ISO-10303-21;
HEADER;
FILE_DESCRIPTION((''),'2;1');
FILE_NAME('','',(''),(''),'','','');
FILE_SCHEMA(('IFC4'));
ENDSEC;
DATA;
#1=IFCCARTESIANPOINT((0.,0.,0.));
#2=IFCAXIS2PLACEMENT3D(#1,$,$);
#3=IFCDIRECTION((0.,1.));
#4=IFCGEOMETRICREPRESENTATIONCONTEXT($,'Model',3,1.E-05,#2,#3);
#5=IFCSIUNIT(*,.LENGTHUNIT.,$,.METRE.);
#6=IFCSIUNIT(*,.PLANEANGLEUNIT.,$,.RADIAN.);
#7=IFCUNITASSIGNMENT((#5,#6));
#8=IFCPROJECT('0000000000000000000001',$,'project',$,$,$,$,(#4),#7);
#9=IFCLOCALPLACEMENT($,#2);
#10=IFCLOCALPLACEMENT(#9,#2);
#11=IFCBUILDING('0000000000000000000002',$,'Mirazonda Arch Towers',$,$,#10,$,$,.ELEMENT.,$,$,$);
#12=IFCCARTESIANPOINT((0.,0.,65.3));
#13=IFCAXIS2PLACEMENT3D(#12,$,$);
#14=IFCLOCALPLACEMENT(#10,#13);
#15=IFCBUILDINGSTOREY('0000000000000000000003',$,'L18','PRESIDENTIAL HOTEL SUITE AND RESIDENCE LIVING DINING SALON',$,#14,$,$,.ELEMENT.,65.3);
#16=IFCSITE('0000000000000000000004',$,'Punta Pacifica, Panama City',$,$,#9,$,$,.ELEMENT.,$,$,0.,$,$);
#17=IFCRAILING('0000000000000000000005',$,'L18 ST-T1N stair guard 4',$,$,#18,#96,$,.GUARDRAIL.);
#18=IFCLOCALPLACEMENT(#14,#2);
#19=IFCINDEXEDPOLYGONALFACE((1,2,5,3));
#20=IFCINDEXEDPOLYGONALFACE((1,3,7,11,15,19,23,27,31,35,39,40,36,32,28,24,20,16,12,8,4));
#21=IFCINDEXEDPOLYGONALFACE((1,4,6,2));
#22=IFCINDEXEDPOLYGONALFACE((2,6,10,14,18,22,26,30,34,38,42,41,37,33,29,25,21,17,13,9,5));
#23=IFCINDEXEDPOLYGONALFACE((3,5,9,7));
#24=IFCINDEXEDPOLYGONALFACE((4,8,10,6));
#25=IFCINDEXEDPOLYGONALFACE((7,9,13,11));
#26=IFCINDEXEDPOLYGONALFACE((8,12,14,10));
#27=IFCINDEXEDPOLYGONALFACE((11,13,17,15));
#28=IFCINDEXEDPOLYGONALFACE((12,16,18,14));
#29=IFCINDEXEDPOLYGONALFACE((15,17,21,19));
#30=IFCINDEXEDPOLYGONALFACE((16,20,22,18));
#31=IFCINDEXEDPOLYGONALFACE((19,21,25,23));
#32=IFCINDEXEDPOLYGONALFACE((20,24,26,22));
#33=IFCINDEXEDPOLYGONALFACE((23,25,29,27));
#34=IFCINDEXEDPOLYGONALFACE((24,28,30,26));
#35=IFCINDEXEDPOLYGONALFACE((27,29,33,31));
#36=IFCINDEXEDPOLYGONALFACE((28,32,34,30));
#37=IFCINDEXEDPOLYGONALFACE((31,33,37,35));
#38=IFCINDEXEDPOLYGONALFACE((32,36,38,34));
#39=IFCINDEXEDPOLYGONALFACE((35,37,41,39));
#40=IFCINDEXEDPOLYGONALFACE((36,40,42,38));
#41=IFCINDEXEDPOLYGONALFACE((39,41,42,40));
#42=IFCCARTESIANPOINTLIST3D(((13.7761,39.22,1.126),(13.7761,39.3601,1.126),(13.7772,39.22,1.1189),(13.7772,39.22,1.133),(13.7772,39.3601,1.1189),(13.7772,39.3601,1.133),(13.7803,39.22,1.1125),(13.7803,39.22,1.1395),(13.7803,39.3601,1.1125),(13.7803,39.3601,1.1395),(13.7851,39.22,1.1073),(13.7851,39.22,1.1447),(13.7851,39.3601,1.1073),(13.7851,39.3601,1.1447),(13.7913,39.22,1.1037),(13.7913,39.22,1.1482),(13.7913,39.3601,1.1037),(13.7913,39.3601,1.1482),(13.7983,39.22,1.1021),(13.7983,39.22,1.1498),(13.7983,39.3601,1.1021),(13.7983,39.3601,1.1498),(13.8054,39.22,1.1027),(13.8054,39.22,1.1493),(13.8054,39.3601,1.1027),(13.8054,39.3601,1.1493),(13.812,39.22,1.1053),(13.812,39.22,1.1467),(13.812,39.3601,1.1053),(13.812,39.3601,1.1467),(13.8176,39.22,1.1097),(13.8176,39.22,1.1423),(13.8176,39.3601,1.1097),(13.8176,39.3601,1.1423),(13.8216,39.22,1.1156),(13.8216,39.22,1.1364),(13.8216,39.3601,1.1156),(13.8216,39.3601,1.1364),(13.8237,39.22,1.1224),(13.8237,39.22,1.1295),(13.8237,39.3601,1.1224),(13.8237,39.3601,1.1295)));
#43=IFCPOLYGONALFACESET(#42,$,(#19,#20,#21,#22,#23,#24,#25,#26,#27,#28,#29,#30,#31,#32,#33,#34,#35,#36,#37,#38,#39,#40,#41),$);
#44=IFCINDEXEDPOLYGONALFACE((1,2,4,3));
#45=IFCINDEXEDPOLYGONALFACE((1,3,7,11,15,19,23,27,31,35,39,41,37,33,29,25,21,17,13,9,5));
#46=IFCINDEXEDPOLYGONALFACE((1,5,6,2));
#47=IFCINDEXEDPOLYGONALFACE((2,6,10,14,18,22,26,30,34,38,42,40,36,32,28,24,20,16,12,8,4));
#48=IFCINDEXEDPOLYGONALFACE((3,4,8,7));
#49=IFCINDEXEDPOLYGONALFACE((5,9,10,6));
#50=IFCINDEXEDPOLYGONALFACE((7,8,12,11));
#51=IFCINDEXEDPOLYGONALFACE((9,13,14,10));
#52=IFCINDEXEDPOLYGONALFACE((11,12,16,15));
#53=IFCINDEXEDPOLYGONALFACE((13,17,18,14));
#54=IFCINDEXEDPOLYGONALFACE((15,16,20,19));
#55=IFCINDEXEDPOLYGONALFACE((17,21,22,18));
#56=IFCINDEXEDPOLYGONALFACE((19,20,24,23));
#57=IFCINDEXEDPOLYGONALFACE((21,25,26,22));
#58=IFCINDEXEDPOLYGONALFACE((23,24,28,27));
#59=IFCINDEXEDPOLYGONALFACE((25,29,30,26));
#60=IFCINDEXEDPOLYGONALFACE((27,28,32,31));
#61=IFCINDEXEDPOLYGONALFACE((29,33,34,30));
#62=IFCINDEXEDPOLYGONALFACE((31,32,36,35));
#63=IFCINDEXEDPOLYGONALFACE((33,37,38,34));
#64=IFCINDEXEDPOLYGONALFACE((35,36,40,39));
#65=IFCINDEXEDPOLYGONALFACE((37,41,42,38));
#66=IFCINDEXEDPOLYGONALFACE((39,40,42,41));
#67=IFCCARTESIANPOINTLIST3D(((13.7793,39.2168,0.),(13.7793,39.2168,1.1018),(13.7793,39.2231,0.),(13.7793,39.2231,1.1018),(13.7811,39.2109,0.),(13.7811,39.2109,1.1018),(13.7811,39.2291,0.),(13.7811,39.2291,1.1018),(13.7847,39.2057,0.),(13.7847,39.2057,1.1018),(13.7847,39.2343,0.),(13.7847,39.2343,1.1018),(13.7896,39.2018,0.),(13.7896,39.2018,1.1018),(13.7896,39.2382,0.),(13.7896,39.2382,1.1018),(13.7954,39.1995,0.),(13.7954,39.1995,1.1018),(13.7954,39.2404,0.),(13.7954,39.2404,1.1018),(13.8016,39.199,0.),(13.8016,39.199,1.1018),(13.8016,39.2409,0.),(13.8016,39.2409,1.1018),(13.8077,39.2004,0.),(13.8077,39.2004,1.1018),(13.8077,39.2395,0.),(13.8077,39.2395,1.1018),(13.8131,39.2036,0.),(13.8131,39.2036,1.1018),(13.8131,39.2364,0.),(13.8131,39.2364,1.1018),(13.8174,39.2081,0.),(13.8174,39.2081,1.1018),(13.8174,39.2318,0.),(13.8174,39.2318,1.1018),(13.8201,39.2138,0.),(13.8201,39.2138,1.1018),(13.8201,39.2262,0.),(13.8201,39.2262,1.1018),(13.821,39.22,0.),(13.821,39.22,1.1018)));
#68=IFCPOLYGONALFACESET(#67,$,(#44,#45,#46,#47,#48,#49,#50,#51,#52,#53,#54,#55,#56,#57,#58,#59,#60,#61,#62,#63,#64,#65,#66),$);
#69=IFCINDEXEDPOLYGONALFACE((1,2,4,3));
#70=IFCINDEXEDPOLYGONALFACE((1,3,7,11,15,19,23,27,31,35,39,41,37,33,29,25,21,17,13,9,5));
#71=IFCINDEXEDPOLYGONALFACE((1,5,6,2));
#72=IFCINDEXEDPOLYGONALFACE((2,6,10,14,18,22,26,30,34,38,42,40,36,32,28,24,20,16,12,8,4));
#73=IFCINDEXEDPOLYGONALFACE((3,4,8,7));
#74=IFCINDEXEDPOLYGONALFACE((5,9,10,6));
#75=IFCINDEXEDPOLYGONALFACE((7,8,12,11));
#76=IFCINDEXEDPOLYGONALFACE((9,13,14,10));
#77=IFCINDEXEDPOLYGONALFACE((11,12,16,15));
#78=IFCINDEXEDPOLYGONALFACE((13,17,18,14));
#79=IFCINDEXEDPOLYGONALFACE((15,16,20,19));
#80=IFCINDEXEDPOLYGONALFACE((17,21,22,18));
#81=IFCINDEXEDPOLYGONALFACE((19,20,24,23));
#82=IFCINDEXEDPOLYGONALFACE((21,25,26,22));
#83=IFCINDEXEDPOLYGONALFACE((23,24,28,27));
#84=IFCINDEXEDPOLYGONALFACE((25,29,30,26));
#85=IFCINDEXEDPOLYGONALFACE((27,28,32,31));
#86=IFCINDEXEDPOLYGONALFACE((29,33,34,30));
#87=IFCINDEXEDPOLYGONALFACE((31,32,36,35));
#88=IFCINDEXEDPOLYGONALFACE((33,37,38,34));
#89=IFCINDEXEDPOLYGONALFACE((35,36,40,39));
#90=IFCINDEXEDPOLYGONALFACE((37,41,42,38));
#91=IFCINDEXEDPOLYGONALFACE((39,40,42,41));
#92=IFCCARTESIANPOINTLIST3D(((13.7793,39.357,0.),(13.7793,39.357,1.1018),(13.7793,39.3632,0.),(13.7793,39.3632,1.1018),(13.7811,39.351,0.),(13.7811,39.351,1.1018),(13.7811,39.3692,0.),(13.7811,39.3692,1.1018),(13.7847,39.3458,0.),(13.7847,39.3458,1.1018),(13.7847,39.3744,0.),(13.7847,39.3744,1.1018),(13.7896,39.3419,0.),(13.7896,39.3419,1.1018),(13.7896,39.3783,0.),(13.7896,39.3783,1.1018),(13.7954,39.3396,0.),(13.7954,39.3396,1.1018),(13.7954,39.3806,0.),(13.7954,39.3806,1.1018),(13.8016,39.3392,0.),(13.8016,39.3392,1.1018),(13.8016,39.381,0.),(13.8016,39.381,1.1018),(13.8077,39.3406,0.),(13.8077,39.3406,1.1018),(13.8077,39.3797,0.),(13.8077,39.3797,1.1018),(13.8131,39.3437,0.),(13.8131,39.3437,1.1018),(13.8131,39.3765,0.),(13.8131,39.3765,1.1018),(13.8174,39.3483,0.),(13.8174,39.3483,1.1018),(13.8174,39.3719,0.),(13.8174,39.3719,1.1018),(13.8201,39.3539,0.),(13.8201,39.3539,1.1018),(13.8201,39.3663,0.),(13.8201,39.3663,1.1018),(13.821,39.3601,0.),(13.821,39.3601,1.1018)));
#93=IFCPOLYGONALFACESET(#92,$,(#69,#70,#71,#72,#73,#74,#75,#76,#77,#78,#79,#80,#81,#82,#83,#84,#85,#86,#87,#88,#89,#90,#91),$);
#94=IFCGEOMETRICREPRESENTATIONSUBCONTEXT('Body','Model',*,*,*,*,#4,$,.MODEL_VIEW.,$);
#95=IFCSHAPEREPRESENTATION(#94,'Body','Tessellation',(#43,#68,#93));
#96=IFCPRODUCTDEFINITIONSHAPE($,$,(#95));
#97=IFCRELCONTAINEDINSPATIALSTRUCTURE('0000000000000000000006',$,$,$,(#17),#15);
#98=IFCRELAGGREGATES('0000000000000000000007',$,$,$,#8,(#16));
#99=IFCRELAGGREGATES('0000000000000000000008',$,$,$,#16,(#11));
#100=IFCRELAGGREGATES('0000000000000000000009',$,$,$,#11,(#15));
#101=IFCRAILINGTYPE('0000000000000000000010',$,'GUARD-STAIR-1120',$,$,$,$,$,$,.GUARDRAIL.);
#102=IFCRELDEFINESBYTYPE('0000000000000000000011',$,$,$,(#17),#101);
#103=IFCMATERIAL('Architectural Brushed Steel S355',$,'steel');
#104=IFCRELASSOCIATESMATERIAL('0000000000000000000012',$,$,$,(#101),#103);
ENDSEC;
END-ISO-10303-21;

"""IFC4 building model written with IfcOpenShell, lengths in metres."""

from ifc_helpers import new_model, si_unit, direction, frame, origin, origin_2d, place, context, subcontext, project, spatial, circle, extrude, material, type_object, element, save


model = new_model("IFC4")

# Units and contexts
model_context = context("Model", 3, precision=1e-05, world=origin(), true_north=direction((0.0, 1.0)))
body_context = subcontext(model_context, "Body", "Model", "MODEL_VIEW")
ifc_project = project(units=[si_unit("LENGTHUNIT", "METRE"), si_unit("PLANEANGLEUNIT", "RADIAN")], contexts=[model_context])

# Site, building, storey
site_placement = place(None, origin())
site = spatial("IfcSite", under=ifc_project, at=site_placement, Name="Punta Pacifica, Panama City", CompositionType="ELEMENT", RefElevation=0.0)
building_placement = place(site_placement, origin())
building = spatial("IfcBuilding", under=site, at=building_placement, Name="Mirazonda Arch Towers", CompositionType="ELEMENT")
storey_placement = place(building_placement, frame((0.0, 0.0, 65.3)))
storey = spatial("IfcBuildingStorey", under=building, at=storey_placement, Name="L18", Description="PRESIDENTIAL HOTEL SUITE AND RESIDENCE LIVING DINING SALON", CompositionType="ELEMENT", Elevation=65.3)

# Shared definitions
ifc_material_1 = material(Name="Architectural Brushed Steel S355", Category="steel")

# Railing
railing_type = type_object("IfcRailingType", Name="GUARD-STAIR-1120", PredefinedType="GUARDRAIL", material=ifc_material_1)
railing_1_placement = place(storey_placement, frame((13.8, 39.22, 0.0)))
element("IfcRailing", 1, at=railing_1_placement, inside=storey, type_object=railing_type, Name="L18 ST-T1N stair guard 4", PredefinedType="GUARDRAIL", context=body_context, shape_type="SweptSolid", body=[
    extrude(circle(Radius=0.0239, at=origin_2d()), frame((0.0, 0.0, 1.126), z_axis=(0.0, 1.0, 0.0), x_axis=(-1.0, 0.0, 0.0)), (0.0, 0.0, 1.0), 0.1401),
    extrude(circle(Radius=0.021, at=origin_2d()), origin(), (0.0, 0.0, 1.0), 1.1018),
    extrude(circle(Radius=0.021, at=origin_2d()), frame((0.0, 0.1401, 0.0)), (0.0, 0.0, 1.0), 1.1018),
])

save(model, "model.ifc")
